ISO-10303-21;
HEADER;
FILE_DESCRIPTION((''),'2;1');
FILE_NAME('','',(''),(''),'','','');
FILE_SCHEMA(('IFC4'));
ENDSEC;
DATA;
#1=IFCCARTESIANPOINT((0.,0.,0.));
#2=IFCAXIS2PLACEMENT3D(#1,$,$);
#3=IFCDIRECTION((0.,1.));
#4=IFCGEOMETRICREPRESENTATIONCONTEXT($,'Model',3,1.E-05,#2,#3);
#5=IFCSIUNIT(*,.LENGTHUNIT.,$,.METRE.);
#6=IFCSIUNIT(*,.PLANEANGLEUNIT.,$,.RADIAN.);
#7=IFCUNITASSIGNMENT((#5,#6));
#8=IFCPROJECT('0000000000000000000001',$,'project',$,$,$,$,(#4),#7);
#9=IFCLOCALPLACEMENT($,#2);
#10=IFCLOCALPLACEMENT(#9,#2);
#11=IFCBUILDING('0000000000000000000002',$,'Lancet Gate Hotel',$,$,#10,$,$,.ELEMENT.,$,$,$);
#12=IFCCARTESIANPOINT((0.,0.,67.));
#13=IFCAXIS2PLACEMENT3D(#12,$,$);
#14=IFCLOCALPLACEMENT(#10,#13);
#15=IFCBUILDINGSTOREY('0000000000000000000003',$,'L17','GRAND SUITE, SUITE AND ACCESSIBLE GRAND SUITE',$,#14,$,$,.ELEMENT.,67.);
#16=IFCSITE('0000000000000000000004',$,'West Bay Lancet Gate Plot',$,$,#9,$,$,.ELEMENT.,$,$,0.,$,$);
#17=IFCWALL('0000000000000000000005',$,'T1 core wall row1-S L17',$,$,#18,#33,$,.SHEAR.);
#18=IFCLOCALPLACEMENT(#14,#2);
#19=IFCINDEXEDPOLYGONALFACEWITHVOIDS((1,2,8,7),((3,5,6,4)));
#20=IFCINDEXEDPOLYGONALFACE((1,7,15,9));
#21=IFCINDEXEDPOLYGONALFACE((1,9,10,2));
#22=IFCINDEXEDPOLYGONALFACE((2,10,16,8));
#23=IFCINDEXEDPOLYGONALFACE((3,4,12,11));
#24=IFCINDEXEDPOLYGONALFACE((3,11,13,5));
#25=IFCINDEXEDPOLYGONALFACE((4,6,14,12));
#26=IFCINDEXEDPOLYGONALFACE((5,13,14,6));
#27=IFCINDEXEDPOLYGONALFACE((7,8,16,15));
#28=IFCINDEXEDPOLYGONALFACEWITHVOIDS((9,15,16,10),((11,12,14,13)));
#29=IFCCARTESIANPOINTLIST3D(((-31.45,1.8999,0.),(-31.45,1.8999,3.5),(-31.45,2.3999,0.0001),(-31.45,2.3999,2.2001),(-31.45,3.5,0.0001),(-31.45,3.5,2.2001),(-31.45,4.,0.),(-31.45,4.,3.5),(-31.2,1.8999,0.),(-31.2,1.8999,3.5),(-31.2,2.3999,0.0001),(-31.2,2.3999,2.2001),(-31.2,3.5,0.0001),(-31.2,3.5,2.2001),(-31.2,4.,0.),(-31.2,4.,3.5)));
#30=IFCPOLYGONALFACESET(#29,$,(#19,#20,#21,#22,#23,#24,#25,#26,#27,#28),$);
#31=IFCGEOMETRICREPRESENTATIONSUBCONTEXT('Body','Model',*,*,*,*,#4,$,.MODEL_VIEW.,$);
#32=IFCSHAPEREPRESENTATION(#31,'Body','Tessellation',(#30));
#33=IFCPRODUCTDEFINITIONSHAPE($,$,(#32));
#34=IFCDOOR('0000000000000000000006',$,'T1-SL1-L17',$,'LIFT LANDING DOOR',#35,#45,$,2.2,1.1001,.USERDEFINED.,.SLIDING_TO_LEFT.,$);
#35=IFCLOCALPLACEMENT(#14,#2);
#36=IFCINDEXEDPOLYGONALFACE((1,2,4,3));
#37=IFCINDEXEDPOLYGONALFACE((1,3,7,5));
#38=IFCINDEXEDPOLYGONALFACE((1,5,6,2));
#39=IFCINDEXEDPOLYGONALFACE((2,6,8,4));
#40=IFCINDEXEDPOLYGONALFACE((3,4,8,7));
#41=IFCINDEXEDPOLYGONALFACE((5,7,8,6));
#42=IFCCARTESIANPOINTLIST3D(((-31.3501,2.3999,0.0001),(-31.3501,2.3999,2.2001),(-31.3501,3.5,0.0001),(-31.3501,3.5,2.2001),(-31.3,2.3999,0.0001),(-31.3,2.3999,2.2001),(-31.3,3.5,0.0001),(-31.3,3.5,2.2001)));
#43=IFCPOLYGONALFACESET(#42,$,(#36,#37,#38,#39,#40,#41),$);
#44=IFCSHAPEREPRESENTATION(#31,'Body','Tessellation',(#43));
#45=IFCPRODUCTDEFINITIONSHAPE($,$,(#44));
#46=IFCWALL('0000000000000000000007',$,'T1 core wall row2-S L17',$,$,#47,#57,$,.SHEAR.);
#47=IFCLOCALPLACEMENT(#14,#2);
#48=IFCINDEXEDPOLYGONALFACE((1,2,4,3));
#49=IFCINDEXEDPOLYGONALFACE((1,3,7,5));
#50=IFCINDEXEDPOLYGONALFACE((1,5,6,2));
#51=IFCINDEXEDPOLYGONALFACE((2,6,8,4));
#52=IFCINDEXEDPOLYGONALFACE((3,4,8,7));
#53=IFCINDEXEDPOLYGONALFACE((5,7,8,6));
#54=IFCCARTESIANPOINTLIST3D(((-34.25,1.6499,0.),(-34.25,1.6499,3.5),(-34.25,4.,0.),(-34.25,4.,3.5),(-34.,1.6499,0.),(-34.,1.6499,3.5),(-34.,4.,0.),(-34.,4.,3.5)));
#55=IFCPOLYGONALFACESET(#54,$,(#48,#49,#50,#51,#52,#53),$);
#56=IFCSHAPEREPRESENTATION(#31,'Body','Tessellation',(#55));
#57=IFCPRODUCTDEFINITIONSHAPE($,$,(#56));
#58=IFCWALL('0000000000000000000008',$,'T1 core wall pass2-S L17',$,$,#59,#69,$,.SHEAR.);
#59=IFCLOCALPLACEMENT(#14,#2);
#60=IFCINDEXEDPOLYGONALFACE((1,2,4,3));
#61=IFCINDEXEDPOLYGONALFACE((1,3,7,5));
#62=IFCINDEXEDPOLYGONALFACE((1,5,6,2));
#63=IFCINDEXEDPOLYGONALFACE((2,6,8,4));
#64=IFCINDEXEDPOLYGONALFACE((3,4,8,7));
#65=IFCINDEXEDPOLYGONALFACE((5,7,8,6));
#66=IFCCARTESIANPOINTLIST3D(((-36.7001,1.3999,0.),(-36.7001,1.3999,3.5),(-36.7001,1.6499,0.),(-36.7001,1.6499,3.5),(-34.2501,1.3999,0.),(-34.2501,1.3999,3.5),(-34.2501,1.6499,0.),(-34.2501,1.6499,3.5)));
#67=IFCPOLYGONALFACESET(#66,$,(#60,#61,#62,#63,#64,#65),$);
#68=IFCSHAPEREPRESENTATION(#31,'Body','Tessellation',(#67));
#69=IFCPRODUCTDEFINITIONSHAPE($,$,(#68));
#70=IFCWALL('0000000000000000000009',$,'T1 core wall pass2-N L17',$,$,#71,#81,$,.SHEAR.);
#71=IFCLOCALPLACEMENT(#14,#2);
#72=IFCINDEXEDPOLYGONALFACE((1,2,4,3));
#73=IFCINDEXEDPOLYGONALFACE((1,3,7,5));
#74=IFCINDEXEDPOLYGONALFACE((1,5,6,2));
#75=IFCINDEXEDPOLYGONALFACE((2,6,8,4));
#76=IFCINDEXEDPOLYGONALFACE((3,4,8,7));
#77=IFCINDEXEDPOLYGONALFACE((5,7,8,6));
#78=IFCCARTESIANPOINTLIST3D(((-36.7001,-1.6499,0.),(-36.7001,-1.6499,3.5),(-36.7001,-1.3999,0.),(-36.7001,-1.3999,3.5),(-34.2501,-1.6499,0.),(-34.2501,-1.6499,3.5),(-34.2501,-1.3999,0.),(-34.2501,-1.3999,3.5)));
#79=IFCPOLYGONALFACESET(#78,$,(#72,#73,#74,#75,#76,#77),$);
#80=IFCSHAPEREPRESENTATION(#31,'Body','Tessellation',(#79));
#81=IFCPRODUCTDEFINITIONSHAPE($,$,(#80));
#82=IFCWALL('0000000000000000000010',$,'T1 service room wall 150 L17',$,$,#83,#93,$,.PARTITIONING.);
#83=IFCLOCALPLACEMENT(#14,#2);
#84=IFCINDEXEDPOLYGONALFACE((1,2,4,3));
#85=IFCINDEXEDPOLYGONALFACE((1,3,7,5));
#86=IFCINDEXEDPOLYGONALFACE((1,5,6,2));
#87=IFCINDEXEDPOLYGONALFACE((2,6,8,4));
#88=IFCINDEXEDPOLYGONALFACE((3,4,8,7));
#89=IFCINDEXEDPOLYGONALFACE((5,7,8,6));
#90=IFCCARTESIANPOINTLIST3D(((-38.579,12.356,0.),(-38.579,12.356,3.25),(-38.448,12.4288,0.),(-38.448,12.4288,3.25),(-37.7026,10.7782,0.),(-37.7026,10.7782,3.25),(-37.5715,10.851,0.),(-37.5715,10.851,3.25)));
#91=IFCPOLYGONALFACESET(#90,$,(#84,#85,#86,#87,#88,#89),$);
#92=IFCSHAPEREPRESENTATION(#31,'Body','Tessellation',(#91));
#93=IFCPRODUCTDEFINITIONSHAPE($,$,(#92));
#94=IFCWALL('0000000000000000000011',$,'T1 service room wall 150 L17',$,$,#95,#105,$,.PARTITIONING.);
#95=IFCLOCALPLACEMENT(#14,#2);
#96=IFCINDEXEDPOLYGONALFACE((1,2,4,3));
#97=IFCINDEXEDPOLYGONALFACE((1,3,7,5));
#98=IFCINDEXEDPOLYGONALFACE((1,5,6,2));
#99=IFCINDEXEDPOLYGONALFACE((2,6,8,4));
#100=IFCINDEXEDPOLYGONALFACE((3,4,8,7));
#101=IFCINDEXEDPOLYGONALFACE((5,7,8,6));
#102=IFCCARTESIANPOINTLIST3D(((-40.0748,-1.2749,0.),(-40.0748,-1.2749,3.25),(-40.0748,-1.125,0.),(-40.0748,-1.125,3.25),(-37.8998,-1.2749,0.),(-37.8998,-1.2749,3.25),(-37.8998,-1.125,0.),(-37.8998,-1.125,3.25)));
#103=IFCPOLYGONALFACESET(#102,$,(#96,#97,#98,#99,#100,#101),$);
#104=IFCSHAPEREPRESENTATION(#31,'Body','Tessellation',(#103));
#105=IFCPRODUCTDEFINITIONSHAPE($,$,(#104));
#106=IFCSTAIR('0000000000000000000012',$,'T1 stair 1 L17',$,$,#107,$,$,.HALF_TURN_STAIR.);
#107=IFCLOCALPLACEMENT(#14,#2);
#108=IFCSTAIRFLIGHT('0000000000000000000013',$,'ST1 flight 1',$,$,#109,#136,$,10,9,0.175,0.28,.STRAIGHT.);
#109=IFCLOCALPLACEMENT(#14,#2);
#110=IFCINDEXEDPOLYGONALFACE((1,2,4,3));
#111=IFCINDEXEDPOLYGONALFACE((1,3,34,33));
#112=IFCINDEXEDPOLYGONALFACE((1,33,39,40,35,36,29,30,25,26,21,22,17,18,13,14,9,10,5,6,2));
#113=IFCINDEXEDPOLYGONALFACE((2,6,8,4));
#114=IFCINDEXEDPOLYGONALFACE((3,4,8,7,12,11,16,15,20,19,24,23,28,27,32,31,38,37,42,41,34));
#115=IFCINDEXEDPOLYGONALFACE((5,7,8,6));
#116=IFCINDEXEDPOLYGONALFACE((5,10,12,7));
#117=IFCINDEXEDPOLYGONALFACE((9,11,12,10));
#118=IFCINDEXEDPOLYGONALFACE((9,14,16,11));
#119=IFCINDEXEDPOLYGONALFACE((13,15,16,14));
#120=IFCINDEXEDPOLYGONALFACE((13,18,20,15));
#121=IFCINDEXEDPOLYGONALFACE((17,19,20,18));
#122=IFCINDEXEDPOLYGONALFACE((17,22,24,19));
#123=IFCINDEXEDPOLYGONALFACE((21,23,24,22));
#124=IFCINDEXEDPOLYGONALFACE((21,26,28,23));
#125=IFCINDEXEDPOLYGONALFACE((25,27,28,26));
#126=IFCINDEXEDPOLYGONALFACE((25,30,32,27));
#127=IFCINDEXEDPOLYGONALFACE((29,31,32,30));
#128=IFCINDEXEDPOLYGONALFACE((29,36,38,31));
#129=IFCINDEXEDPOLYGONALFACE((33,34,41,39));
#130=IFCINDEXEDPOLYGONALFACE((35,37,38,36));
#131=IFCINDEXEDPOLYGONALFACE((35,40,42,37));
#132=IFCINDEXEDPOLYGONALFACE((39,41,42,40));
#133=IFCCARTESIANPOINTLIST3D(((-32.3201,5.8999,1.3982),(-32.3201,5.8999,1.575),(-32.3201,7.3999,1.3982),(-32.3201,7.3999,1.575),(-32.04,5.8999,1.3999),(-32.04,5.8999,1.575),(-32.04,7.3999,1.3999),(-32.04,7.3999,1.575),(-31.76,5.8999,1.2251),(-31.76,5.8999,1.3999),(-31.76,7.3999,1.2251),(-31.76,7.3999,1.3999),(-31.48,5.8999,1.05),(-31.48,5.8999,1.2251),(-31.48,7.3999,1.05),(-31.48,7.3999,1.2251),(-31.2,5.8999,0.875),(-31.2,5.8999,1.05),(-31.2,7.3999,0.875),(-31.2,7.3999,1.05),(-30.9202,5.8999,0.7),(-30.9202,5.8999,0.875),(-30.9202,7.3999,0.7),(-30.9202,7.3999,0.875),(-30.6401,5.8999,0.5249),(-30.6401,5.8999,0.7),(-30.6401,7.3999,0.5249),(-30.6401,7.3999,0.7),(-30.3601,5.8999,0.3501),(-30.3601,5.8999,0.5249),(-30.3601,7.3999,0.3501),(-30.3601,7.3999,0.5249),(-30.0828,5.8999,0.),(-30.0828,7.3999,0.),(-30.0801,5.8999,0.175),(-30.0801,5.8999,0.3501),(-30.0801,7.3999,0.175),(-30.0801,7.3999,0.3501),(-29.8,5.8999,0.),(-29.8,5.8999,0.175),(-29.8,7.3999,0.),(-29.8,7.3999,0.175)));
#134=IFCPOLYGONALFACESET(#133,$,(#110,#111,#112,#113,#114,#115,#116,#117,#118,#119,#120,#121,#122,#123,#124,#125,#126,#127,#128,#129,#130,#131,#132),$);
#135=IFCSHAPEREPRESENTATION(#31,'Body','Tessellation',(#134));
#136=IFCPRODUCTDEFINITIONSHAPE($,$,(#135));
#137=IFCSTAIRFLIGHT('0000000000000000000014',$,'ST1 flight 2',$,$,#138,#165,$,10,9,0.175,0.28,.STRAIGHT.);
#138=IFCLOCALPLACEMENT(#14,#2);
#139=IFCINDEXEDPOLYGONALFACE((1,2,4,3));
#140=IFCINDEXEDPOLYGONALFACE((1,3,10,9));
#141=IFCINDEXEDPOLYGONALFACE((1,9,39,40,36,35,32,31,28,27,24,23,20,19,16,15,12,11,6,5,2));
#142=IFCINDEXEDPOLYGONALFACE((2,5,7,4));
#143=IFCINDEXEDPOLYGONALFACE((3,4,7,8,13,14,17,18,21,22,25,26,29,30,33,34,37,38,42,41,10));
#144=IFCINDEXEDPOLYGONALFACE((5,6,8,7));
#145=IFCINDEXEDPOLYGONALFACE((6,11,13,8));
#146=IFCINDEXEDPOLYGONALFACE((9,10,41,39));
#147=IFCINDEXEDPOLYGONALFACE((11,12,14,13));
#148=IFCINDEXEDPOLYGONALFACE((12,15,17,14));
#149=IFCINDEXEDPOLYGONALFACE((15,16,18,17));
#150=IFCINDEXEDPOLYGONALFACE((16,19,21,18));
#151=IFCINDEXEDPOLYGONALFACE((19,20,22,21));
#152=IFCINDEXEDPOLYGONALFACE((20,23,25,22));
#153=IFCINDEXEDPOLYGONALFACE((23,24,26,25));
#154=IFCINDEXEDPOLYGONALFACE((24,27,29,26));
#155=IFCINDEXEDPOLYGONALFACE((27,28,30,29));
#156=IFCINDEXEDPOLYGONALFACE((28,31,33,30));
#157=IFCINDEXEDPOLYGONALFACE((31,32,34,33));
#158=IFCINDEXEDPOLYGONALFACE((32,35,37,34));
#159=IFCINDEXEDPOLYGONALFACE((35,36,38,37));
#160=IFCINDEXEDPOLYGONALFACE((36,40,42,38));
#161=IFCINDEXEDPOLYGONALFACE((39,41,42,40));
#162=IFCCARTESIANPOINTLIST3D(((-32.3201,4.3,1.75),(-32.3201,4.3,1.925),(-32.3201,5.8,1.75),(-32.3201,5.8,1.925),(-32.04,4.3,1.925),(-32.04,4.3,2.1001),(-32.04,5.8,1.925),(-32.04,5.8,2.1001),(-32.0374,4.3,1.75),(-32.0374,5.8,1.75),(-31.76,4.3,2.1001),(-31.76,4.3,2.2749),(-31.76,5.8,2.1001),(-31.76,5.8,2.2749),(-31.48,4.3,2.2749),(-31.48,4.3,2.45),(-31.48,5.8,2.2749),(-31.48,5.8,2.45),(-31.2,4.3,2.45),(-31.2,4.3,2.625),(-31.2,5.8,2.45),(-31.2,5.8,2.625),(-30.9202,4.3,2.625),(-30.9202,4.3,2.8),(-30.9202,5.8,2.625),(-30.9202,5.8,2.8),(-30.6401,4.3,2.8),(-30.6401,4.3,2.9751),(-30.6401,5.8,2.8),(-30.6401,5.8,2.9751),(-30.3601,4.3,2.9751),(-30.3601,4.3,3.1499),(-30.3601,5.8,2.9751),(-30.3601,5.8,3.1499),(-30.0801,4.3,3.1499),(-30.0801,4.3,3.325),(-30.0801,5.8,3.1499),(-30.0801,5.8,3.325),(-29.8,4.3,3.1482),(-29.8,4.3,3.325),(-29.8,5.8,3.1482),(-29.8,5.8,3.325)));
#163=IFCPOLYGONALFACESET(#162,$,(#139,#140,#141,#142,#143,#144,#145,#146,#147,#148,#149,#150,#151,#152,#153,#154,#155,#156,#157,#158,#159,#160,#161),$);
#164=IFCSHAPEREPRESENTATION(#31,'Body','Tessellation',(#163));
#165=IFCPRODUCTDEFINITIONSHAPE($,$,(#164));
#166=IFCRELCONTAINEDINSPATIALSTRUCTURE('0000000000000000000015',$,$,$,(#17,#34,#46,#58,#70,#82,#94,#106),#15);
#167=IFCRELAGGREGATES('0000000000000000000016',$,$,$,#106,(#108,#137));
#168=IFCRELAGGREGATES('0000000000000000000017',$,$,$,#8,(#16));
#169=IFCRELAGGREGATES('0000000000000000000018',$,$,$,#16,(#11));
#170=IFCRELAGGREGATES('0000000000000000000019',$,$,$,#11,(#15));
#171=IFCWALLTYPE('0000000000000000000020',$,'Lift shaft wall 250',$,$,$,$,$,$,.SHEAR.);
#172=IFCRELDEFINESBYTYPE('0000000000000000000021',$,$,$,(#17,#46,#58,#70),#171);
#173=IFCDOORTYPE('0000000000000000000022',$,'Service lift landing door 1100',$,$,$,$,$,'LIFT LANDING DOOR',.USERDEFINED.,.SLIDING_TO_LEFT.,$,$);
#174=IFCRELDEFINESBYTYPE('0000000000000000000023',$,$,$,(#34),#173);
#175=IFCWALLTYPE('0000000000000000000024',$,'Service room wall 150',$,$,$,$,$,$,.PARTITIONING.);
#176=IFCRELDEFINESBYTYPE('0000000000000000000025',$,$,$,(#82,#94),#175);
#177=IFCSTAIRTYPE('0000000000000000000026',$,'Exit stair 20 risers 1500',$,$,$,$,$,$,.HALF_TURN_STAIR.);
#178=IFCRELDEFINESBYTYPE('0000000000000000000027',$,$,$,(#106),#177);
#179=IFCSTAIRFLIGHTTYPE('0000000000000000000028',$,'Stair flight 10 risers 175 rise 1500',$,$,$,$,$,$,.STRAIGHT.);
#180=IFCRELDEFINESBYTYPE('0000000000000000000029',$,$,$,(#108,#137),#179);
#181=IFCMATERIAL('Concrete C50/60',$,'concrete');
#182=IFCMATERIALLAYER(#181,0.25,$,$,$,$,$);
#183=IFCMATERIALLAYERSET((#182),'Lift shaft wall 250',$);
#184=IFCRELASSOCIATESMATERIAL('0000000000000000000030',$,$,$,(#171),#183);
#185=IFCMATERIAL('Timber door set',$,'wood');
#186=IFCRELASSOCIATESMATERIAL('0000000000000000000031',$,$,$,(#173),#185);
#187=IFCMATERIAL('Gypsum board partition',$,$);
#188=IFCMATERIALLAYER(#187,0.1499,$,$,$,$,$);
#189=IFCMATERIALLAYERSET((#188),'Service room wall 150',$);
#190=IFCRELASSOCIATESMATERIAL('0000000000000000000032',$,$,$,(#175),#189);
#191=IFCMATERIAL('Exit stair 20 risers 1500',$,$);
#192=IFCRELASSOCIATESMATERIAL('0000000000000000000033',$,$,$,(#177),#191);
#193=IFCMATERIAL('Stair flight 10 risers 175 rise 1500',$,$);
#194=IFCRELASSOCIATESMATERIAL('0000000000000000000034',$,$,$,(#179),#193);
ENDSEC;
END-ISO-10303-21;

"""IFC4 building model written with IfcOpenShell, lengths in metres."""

from ifc_helpers import new_model, si_unit, direction, frame, frame_2d, origin, place, context, subcontext, project, spatial, polyline, rectangle, outline, extrude, material, layer, layer_set, type_object, element, fill, aggregate, save


model = new_model("IFC4")

# Units and contexts
model_context = context("Model", 3, precision=1e-05, world=origin(), true_north=direction((0.0, 1.0)))
body_context = subcontext(model_context, "Body", "Model", "MODEL_VIEW")
ifc_project = project(units=[si_unit("LENGTHUNIT", "METRE"), si_unit("PLANEANGLEUNIT", "RADIAN")], contexts=[model_context])

# Site, building, storey
site_placement = place(None, origin())
site = spatial("IfcSite", under=ifc_project, at=site_placement, Name="West Bay Lancet Gate Plot", CompositionType="ELEMENT", RefElevation=0.0)
building_placement = place(site_placement, origin())
building = spatial("IfcBuilding", under=site, at=building_placement, Name="Lancet Gate Hotel", CompositionType="ELEMENT")
storey_placement = place(building_placement, frame((0.0, 0.0, 67.0)))
storey = spatial("IfcBuildingStorey", under=building, at=storey_placement, Name="L17", Description="GRAND SUITE, SUITE AND ACCESSIBLE GRAND SUITE", CompositionType="ELEMENT", Elevation=67.0)

# Wall, opening, door
ifc_material_1 = material(Name="Concrete C50/60", Category="concrete")
ifc_layer_1 = layer(ifc_material_1, 0.25)
ifc_layer_set_1 = layer_set([ifc_layer_1], Name="Lift shaft wall 250")
wall_type_1 = type_object("IfcWallType", Name="Lift shaft wall 250", PredefinedType="SHEAR", material=ifc_layer_set_1)
wall_1_placement = place(storey_placement, frame((-31.325, 4.0, 0.0), z_axis=(0.0, 0.0, 1.0), x_axis=(0.0, -1.0, 0.0)))
wall_1 = element("IfcWall", 1, at=wall_1_placement, inside=storey, type_object=wall_type_1, Name="T1 core wall row1-S L17", PredefinedType="SHEAR", context=body_context, shape_type="SweptSolid", body=[
    extrude(rectangle(XDim=2.1001, YDim=0.25, at=frame_2d((1.05, 0.0))), origin(), (0.0, 0.0, 1.0), 3.5),
])
opening_1_placement = place(wall_1_placement, frame((0.5, 0.0, 0.0)))
opening_1 = element("IfcOpeningElement", 2, at=opening_1_placement, cuts=wall_1, PredefinedType="OPENING", context=body_context, shape_type="SweptSolid", body=[
    extrude(rectangle(XDim=1.1001, YDim=2.2, at=frame_2d((0.55, 1.1001))), frame((0.0, 0.135, 0.0), z_axis=(0.0, -1.0, 0.0), x_axis=(1.0, 0.0, 0.0)), (0.0, 0.0, 1.0), 0.27),
])
ifc_material_2 = material(Name="Timber door set", Category="wood")
door_type_1 = type_object("IfcDoorType", Name="Service lift landing door 1100", ElementType="LIFT LANDING DOOR", OperationType="SLIDING_TO_LEFT", PredefinedType="USERDEFINED", material=ifc_material_2)
door_1_placement = place(opening_1_placement, origin())
door_1 = element("IfcDoor", 3, at=door_1_placement, inside=storey, type_object=door_type_1, Name="T1-SL1-L17", ObjectType="LIFT LANDING DOOR", OperationType="SLIDING_TO_LEFT", OverallHeight=2.2, OverallWidth=1.1001, PredefinedType="USERDEFINED", context=body_context, shape_type="SweptSolid", body=[
    extrude(rectangle(XDim=1.1001, YDim=2.2, at=frame_2d((0.55, 1.1001))), frame((0.0, 0.0249, 0.0), z_axis=(0.0, -1.0, 0.0), x_axis=(1.0, 0.0, 0.0)), (0.0, 0.0, 1.0), 0.05),
])
fill(opening_1, door_1)

# Walls
wall_2_placement = place(storey_placement, frame((-34.125, 4.0, 0.0), z_axis=(0.0, 0.0, 1.0), x_axis=(0.0, -1.0, 0.0)))
element("IfcWall", 4, at=wall_2_placement, inside=storey, type_object=wall_type_1, Name="T1 core wall row2-S L17", PredefinedType="SHEAR", context=body_context, shape_type="SweptSolid", body=[
    extrude(rectangle(XDim=2.3501, YDim=0.25, at=frame_2d((1.175, 0.0))), origin(), (0.0, 0.0, 1.0), 3.5),
])
for number, where, z_axis, x_axis, name in (
    (5, (-34.25, 1.5249, 0.0), (0.0, 0.0, 1.0), (-1.0, 0.0, 0.0), "T1 core wall pass2-S L17"),
    (6, (-34.25, -1.5249, 0.0), (0.0, 0.0, 1.0), (-1.0, 0.0, 0.0), "T1 core wall pass2-N L17"),
):
    element("IfcWall", number, at=place(storey_placement, frame(where, z_axis=z_axis, x_axis=x_axis)), inside=storey, type_object=wall_type_1, Name=name, PredefinedType="SHEAR", context=body_context, shape_type="SweptSolid", body=[
        extrude(rectangle(XDim=2.45, YDim=0.25, at=frame_2d((1.2251, 0.0))), origin(), (0.0, 0.0, 1.0), 3.5),
    ])
ifc_material_3 = material(Name="Gypsum board partition")
ifc_layer_2 = layer(ifc_material_3, 0.1499)
ifc_layer_set_2 = layer_set([ifc_layer_2], Name="Service room wall 150")
wall_type_2 = type_object("IfcWallType", Name="Service room wall 150", PredefinedType="PARTITIONING", material=ifc_layer_set_2)
wall_3_placement = place(storey_placement, frame((-38.5134, 12.3923, 0.0), z_axis=(0.0, 0.0, 1.0), x_axis=(0.485586, -0.874189, 0.0)))
element("IfcWall", 7, at=wall_3_placement, inside=storey, type_object=wall_type_2, Name="T1 service room wall 150 L17", PredefinedType="PARTITIONING", context=body_context, shape_type="SweptSolid", body=[
    extrude(rectangle(XDim=1.8049, YDim=0.1499, at=frame_2d((0.9023, 0.0))), origin(), (0.0, 0.0, 1.0), 3.25),
])
wall_4_placement = place(storey_placement, frame((-37.8999, -1.2, 0.0), z_axis=(0.0, 0.0, 1.0), x_axis=(-1.0, 0.0, 0.0)))
element("IfcWall", 8, at=wall_4_placement, inside=storey, type_object=wall_type_2, Name="T1 service room wall 150 L17", PredefinedType="PARTITIONING", context=body_context, shape_type="SweptSolid", body=[
    extrude(rectangle(XDim=2.175, YDim=0.1499, at=frame_2d((1.0874, 0.0))), origin(), (0.0, 0.0, 1.0), 3.25),
])

# Stair, stair flights
ifc_material_4 = material(Name="Exit stair 20 risers 1500")
stair_type = type_object("IfcStairType", Name="Exit stair 20 risers 1500", PredefinedType="HALF_TURN_STAIR", material=ifc_material_4)
stair_placement = place(storey_placement, origin())
stair = element("IfcStair", 9, at=stair_placement, inside=storey, type_object=stair_type, Name="T1 stair 1 L17", PredefinedType="HALF_TURN_STAIR")
ifc_material_5 = material(Name="Stair flight 10 risers 175 rise 1500")
stair_flight_type = type_object("IfcStairFlightType", Name="Stair flight 10 risers 175 rise 1500", PredefinedType="STRAIGHT", material=ifc_material_5)
stair_flight_1_placement = place(storey_placement, frame((-29.8, 6.6499, 0.0), z_axis=(0.0, 0.0, 1.0), x_axis=(-1.0, 0.0, 0.0)))
stair_flight_1 = element("IfcStairFlight", 10, at=stair_flight_1_placement, type_object=stair_flight_type, Name="ST1 flight 1", NumberOfRisers=10, NumberOfTreads=9, PredefinedType="STRAIGHT", RiserHeight=0.175, TreadLength=0.28, context=body_context, shape_type="SweptSolid", body=[
    extrude(outline(polyline([(0.0, 0.0), (0.0, 0.175), (0.28, 0.175), (0.28, 0.3501), (0.5601, 0.3501), (0.5601, 0.5249), (0.8401, 0.5249), (0.8401, 0.7), (1.1201, 0.7), (1.1201, 0.875), (1.3999, 0.875), (1.3999, 1.05), (1.6799, 1.05), (1.6799, 1.2251), (1.96, 1.2251), (1.96, 1.3999), (2.24, 1.3999), (2.24, 1.575), (2.52, 1.575), (2.52, 1.75), (2.52, 1.3982), (0.2827, 0.0), (0.0, 0.0)])), frame((0.0, 0.75, 0.0), z_axis=(0.0, -1.0, 0.0), x_axis=(1.0, 0.0, 0.0)), (0.0, 0.0, 1.0), 1.5),
])
stair_flight_2_placement = place(storey_placement, frame((-32.3201, 5.05, 1.75), z_axis=(0.0, 0.0, 1.0), x_axis=(1.0, 0.0, 0.0)))
stair_flight_2 = element("IfcStairFlight", 11, at=stair_flight_2_placement, type_object=stair_flight_type, Name="ST1 flight 2", NumberOfRisers=10, NumberOfTreads=9, PredefinedType="STRAIGHT", RiserHeight=0.175, TreadLength=0.28, context=body_context, shape_type="SweptSolid", body=[
    extrude(outline(polyline([(0.0, 0.0), (0.0, 0.175), (0.28, 0.175), (0.28, 0.3501), (0.5601, 0.3501), (0.5601, 0.5249), (0.8401, 0.5249), (0.8401, 0.7), (1.1201, 0.7), (1.1201, 0.875), (1.3999, 0.875), (1.3999, 1.05), (1.6799, 1.05), (1.6799, 1.2251), (1.96, 1.2251), (1.96, 1.3999), (2.24, 1.3999), (2.24, 1.575), (2.52, 1.575), (2.52, 1.75), (2.52, 1.3982), (0.2827, 0.0), (0.0, 0.0)])), frame((0.0, 0.75, 0.0), z_axis=(0.0, -1.0, 0.0), x_axis=(1.0, 0.0, 0.0)), (0.0, 0.0, 1.0), 1.5),
])
aggregate(stair, [stair_flight_1, stair_flight_2])

save(model, "model.ifc")
